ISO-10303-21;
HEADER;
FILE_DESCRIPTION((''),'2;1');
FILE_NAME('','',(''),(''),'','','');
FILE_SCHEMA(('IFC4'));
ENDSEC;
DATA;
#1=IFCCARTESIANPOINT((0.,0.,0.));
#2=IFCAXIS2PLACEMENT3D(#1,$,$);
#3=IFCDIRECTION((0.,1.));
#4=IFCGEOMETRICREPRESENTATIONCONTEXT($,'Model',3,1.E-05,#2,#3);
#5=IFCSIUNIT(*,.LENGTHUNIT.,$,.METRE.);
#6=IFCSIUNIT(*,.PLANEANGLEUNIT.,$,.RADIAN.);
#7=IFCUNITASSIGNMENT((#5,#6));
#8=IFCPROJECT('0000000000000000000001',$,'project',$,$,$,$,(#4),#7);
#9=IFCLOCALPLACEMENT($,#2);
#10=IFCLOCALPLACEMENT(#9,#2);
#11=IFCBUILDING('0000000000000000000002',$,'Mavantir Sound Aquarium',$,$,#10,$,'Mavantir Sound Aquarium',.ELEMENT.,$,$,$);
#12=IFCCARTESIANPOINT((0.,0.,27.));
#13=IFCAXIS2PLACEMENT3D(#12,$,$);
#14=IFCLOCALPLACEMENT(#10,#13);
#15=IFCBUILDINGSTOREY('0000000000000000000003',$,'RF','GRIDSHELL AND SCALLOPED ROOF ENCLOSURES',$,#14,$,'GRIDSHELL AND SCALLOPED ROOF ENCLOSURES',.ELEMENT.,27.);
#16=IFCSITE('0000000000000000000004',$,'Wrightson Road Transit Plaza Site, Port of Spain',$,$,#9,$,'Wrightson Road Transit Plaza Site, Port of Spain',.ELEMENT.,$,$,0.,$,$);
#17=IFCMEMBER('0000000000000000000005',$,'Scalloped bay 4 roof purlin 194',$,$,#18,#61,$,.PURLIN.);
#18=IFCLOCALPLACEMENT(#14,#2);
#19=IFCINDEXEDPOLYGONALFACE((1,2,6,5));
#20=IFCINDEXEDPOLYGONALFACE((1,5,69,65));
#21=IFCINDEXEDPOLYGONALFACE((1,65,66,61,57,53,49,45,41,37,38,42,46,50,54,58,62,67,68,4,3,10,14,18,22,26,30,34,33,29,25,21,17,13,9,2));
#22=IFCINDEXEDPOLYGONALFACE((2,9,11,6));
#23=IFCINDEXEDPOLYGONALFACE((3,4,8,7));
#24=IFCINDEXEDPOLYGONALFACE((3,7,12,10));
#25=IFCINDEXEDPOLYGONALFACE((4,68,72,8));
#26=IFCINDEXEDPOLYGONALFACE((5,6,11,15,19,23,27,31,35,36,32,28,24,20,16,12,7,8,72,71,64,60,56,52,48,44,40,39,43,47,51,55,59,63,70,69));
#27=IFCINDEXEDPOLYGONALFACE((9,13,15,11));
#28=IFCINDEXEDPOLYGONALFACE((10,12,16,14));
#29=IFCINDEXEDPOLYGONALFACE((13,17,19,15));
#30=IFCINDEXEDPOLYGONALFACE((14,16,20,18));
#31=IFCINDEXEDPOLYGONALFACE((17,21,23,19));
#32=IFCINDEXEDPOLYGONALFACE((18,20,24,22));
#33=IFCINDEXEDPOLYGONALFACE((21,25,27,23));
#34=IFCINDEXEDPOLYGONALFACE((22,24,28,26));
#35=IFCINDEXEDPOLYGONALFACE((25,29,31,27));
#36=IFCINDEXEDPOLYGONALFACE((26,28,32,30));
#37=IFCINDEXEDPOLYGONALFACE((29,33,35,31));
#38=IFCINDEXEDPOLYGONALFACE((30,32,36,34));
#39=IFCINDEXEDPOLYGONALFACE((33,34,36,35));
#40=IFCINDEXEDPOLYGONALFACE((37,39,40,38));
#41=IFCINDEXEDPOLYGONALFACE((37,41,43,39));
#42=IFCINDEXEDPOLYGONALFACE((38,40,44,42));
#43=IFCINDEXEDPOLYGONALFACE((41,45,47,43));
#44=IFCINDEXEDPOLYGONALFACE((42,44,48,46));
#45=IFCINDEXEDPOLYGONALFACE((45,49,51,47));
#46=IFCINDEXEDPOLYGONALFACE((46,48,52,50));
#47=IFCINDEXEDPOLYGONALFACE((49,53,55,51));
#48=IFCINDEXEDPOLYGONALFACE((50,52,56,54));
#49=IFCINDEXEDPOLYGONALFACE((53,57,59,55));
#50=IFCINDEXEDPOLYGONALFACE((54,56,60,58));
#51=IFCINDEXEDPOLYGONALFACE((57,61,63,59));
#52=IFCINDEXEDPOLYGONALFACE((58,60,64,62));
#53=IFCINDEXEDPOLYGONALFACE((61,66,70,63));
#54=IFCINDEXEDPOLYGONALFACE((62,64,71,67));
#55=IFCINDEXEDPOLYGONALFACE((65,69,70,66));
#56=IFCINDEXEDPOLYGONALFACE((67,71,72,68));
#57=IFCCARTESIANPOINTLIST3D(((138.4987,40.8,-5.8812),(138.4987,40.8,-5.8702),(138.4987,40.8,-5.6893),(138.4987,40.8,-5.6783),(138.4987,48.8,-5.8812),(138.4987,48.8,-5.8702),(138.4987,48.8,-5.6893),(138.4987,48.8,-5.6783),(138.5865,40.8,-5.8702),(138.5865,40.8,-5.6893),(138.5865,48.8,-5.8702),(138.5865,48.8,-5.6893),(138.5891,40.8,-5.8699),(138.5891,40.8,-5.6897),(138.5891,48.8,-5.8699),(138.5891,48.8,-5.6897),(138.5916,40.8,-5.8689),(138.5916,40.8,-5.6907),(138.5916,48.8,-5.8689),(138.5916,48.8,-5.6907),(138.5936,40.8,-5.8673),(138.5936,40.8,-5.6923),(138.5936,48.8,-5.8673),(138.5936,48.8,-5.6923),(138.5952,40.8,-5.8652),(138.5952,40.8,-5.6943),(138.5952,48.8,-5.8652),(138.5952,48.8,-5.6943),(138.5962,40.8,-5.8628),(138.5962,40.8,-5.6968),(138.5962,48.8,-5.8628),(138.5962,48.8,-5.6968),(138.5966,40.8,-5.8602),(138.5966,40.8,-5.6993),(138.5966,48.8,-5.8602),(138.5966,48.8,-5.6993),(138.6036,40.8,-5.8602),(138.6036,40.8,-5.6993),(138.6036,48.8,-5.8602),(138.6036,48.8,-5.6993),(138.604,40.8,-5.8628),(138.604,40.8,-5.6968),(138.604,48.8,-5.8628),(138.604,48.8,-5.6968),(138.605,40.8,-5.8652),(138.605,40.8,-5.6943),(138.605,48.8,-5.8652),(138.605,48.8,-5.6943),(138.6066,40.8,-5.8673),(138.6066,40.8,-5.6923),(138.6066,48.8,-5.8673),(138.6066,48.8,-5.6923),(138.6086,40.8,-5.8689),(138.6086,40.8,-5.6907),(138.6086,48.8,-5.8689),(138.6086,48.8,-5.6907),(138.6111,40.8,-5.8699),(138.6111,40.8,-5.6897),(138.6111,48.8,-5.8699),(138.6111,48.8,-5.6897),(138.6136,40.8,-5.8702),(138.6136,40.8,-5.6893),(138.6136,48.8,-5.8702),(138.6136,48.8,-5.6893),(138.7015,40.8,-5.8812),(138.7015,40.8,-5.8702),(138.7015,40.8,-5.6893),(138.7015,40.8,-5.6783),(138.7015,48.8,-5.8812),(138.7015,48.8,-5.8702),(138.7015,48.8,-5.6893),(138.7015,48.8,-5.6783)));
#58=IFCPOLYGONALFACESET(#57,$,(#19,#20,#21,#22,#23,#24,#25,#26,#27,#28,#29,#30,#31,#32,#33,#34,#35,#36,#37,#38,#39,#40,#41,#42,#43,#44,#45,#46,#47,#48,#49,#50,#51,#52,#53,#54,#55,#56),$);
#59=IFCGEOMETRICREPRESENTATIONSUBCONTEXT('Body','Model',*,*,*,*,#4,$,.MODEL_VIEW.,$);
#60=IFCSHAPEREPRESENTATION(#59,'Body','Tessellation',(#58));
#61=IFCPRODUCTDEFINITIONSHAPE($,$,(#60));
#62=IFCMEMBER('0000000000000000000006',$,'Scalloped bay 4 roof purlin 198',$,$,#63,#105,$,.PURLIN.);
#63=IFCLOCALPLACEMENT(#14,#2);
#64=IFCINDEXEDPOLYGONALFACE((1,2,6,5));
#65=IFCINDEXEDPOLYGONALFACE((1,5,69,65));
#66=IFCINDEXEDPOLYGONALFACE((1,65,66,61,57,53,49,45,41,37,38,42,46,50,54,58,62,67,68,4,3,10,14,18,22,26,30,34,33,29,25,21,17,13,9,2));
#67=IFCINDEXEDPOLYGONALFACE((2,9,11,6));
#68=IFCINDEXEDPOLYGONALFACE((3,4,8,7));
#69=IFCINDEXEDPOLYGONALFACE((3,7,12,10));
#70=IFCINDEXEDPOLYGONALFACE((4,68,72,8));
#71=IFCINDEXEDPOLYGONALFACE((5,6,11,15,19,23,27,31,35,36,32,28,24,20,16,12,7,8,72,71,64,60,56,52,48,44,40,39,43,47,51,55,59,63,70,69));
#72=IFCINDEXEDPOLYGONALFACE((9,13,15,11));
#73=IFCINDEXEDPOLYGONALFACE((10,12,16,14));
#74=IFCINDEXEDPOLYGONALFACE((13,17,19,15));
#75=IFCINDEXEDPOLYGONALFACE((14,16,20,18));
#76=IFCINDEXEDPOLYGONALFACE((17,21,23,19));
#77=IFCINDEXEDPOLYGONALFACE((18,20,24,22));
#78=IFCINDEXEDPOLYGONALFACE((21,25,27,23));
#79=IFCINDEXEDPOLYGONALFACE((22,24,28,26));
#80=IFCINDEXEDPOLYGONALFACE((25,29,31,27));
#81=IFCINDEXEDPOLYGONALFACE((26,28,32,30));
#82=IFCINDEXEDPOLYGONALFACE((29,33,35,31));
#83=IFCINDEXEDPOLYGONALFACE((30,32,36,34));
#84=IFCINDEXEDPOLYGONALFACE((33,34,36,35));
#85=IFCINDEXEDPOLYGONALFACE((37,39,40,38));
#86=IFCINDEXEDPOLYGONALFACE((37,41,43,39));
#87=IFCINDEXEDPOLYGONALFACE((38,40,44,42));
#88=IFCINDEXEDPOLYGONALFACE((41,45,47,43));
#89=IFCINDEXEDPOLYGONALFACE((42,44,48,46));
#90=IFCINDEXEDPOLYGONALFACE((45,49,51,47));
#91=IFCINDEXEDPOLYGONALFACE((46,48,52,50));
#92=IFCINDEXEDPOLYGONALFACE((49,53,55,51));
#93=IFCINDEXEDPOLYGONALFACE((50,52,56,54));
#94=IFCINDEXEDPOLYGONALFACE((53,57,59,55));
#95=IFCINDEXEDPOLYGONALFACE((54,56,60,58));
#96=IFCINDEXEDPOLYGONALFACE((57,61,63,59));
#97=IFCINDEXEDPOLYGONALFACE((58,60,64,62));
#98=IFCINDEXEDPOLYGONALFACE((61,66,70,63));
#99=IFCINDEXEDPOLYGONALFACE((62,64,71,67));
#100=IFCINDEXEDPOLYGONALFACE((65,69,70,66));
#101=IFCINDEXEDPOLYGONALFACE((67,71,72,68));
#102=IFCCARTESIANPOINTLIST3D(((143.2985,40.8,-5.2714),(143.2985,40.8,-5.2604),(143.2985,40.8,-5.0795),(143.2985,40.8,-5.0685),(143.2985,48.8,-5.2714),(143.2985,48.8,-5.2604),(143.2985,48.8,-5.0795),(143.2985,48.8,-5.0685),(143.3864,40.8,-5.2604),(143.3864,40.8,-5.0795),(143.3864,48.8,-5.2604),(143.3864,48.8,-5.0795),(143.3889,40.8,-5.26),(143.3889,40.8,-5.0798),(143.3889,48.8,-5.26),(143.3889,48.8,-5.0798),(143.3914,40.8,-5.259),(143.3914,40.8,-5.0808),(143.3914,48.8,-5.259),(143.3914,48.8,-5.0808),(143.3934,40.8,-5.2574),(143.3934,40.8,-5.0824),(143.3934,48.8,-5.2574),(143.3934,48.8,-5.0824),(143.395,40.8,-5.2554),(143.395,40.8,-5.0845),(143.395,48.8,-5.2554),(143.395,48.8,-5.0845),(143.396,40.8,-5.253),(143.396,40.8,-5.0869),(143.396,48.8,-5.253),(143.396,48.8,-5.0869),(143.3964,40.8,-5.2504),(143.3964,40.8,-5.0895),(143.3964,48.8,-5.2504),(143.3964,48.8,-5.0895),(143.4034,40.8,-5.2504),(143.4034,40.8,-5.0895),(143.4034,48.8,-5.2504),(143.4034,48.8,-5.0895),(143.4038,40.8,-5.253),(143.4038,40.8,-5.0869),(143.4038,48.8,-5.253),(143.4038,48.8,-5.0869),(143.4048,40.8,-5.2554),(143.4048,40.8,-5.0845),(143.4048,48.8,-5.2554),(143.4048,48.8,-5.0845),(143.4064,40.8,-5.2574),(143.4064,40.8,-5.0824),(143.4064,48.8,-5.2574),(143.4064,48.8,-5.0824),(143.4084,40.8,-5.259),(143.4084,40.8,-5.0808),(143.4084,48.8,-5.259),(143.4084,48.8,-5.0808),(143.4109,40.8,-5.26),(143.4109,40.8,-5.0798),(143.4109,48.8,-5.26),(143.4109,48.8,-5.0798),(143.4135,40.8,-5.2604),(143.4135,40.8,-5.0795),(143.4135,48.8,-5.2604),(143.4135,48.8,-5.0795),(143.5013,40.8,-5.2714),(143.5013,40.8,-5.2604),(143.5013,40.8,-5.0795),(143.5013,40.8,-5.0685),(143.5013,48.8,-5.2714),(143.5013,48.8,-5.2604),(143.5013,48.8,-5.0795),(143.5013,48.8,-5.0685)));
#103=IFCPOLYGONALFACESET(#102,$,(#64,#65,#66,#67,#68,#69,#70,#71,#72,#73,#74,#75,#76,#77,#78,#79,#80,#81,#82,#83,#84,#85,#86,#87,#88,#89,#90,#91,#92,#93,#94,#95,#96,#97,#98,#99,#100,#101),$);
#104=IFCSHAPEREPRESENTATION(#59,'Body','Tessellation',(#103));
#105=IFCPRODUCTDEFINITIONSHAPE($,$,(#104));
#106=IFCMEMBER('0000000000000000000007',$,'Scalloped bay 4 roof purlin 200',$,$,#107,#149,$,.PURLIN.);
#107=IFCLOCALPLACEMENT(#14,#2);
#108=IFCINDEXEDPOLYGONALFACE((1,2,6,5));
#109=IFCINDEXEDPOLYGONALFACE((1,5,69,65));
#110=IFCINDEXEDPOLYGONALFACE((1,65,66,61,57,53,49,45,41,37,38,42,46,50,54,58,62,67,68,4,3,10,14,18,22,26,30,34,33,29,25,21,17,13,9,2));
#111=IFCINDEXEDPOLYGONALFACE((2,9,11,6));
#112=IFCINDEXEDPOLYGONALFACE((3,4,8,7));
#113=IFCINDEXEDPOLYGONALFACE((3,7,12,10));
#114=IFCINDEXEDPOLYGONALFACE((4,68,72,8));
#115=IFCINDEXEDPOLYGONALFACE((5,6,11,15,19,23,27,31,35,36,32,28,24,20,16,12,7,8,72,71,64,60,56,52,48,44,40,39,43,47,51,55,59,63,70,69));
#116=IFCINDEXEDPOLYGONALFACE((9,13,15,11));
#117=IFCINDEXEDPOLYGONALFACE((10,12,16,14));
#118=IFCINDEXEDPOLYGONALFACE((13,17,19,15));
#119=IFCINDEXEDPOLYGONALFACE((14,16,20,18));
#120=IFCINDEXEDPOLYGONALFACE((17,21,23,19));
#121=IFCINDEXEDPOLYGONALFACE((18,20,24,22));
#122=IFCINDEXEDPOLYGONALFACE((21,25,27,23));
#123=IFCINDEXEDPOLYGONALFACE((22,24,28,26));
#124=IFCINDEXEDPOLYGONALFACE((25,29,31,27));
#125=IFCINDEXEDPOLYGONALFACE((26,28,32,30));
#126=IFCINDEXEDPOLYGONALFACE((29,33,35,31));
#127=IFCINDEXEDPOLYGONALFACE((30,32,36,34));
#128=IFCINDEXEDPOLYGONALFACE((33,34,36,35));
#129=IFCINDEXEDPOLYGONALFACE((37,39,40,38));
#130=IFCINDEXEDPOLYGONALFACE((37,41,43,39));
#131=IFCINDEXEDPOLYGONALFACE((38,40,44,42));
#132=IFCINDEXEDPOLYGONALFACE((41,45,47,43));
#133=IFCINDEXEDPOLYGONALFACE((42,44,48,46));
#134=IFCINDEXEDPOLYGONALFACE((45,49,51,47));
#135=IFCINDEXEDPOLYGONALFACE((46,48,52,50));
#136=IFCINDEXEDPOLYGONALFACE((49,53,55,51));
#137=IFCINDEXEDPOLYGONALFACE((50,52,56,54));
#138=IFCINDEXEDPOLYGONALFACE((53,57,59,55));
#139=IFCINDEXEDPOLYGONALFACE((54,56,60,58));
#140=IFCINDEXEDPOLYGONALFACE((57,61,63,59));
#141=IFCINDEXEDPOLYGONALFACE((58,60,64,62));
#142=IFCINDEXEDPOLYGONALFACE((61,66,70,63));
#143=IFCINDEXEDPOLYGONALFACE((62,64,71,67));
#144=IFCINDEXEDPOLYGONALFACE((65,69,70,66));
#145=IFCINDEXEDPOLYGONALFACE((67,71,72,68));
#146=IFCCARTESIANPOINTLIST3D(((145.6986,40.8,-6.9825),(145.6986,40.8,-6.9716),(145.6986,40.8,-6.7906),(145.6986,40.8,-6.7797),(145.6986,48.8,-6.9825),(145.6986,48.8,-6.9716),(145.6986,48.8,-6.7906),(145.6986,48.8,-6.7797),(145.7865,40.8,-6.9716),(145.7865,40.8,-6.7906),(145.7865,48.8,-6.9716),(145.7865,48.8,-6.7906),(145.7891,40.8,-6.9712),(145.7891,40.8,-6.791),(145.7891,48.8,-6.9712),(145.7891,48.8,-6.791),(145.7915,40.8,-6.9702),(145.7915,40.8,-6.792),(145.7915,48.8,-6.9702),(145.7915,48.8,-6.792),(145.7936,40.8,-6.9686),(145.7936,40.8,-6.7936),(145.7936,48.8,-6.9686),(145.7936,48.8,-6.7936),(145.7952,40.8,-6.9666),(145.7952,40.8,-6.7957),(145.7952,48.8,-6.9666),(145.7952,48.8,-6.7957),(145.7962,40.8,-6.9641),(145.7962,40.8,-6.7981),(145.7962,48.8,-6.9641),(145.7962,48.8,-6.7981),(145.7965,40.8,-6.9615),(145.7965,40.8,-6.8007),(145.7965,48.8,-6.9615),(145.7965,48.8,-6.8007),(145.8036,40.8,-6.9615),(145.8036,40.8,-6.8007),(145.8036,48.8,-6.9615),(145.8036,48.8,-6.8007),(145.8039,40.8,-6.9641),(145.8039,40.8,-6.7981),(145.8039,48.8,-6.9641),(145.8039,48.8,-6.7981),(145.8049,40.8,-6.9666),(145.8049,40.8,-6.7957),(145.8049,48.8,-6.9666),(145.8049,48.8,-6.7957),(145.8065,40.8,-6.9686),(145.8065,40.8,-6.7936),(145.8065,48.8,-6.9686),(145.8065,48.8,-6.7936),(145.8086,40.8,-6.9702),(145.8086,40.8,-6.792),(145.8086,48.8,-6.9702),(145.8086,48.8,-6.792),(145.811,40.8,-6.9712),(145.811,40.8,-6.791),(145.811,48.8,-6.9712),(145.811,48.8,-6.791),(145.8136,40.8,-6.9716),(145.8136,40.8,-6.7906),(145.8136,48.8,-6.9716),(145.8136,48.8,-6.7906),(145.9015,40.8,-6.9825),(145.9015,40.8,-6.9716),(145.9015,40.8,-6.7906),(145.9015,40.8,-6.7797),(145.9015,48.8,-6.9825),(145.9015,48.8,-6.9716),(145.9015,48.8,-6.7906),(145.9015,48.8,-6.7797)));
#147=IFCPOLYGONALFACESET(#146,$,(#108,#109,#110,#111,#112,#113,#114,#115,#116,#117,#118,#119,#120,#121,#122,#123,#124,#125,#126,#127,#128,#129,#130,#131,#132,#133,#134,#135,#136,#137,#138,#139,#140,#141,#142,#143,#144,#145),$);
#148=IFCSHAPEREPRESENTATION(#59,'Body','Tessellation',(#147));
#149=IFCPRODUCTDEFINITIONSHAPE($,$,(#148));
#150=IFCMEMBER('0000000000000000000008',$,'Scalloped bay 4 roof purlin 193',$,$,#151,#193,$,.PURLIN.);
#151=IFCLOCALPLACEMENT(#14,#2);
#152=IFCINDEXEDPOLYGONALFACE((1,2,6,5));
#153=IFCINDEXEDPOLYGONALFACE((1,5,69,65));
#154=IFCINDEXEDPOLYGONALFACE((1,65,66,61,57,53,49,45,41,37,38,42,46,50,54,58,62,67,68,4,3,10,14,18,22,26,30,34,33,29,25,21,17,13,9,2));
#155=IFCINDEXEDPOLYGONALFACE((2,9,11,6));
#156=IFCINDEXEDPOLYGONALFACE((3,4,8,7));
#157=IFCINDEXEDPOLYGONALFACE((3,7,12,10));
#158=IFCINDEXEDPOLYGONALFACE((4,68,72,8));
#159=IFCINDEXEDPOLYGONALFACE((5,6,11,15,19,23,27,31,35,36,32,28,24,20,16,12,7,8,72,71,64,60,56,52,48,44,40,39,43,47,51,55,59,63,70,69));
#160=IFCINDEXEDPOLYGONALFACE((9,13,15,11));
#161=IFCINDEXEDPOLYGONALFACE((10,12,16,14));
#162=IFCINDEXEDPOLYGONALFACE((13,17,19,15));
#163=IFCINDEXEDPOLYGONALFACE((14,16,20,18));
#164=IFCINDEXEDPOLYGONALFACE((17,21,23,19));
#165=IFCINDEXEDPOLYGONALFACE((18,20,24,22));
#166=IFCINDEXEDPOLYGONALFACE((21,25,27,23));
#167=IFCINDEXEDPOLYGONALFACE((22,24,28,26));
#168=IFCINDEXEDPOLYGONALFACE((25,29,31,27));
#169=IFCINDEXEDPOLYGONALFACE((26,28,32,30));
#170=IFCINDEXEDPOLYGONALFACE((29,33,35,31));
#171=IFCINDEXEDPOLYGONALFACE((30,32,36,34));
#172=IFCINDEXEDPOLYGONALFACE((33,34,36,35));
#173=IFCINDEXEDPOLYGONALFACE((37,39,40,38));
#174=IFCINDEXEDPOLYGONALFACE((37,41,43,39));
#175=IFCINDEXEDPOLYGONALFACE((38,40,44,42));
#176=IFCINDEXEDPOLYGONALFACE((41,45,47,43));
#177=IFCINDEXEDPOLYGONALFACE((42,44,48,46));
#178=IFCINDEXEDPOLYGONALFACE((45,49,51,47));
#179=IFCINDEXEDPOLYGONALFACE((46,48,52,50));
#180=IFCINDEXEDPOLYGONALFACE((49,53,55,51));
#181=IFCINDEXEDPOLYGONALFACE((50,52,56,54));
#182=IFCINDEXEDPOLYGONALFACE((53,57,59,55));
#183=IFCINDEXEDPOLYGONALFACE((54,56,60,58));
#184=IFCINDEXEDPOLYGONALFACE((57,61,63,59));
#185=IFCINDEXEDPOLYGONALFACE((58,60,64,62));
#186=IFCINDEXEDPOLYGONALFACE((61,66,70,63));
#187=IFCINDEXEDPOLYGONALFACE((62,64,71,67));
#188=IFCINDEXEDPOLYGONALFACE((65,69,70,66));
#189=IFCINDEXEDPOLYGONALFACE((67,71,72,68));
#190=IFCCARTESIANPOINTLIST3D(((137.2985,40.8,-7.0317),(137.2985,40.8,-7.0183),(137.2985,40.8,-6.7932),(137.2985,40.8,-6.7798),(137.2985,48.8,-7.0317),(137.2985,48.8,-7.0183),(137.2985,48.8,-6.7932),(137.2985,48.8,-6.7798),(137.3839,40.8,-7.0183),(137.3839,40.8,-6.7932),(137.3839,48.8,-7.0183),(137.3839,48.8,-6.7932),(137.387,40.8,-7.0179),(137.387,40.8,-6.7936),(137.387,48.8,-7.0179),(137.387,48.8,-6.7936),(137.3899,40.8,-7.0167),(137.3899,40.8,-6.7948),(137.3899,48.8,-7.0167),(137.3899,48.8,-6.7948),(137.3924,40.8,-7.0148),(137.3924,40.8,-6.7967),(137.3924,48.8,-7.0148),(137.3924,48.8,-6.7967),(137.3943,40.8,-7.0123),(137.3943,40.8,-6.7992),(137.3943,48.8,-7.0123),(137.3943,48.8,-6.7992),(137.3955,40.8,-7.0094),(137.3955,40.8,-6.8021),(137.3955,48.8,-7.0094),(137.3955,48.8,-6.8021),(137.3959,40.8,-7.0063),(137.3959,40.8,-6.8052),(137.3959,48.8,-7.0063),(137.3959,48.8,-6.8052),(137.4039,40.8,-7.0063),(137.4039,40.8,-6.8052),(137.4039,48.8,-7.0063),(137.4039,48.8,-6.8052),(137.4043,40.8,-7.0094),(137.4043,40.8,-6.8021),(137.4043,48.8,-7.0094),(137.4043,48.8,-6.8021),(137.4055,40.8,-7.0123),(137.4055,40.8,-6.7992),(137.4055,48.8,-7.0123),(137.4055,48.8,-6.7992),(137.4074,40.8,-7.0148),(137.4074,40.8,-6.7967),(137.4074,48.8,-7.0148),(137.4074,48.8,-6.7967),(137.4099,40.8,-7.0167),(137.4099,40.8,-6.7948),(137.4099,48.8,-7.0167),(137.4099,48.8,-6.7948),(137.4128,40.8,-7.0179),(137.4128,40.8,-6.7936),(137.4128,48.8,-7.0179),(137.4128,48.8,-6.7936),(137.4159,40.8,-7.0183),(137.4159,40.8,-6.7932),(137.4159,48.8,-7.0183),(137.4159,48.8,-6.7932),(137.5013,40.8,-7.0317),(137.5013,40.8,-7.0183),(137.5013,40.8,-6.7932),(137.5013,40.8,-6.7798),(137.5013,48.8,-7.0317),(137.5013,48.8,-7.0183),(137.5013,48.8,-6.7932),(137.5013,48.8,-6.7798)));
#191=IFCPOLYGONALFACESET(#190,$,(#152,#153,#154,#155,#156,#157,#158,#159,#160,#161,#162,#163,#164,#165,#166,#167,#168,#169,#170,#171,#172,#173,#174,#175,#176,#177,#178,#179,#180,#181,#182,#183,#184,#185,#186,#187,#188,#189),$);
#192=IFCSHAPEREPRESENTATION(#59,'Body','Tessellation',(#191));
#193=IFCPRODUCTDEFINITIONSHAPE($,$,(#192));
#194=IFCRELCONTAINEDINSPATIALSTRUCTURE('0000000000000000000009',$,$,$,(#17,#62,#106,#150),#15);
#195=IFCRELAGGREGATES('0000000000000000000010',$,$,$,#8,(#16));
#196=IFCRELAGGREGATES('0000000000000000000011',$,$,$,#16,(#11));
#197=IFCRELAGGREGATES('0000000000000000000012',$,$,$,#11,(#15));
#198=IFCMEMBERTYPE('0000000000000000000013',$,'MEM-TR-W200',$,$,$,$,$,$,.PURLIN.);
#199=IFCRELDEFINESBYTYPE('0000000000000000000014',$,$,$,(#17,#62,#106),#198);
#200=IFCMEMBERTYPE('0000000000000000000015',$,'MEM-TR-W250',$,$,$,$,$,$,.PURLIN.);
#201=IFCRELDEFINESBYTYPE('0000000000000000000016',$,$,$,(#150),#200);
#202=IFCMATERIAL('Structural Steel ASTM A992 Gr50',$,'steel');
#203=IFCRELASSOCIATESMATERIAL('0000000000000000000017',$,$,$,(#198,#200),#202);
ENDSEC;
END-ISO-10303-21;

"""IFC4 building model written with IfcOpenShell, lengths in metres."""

from ifc_helpers import new_model, si_unit, direction, frame, origin, origin_2d, place, context, subcontext, project, spatial, i_section, extrude, material, material_profile, profile_set, type_object, element, save


model = new_model("IFC4")

# Units and contexts
model_context = context("Model", 3, precision=1e-05, world=origin(), true_north=direction((0.0, 1.0)))
body_context = subcontext(model_context, "Body", "Model", "MODEL_VIEW")
ifc_project = project(units=[si_unit("LENGTHUNIT", "METRE"), si_unit("PLANEANGLEUNIT", "RADIAN")], contexts=[model_context])

# Site, building, storey
site_placement = place(None, origin())
site = spatial("IfcSite", under=ifc_project, at=site_placement, Name="Wrightson Road Transit Plaza Site, Port of Spain", LongName="Wrightson Road Transit Plaza Site, Port of Spain", CompositionType="ELEMENT", RefElevation=0.0)
building_placement = place(site_placement, origin())
building = spatial("IfcBuilding", under=site, at=building_placement, Name="Mavantir Sound Aquarium", LongName="Mavantir Sound Aquarium", CompositionType="ELEMENT")
storey_placement = place(building_placement, frame((0.0, 0.0, 27.0)))
storey = spatial("IfcBuildingStorey", under=building, at=storey_placement, Name="RF", Description="GRIDSHELL AND SCALLOPED ROOF ENCLOSURES", LongName="GRIDSHELL AND SCALLOPED ROOF ENCLOSURES", CompositionType="ELEMENT", Elevation=27.0)

# Shared definitions
ifc_material_1 = material(Name="Structural Steel ASTM A992 Gr50", Category="steel")

# Members
ifc_material_profile_1 = material_profile(ifc_material_1, i_section(OverallWidth=0.2029, OverallDepth=0.2029, WebThickness=0.0071, FlangeThickness=0.011, FilletRadius=0.01, at=origin_2d()), Name="W200X46")
ifc_profile_set_1 = profile_set([ifc_material_profile_1], Name="Structural Steel ASTM A992 Gr50")
member_type_1 = type_object("IfcMemberType", Name="MEM-TR-W200", PredefinedType="PURLIN", material=ifc_profile_set_1)
for number, where, z_axis, x_axis, name in (
    (1, (138.6001, 40.8, -5.7798), (0.0, 1.0, 0.0), (-1.0, 0.0, 0.0), "Scalloped bay 4 roof purlin 194"),
    (2, (143.3999, 40.8, -5.1699), (0.0, 1.0, 0.0), (-1.0, 0.0, 0.0), "Scalloped bay 4 roof purlin 198"),
    (3, (145.8, 40.8, -6.8811), (0.0, 1.0, 0.0), (-1.0, 0.0, 0.0), "Scalloped bay 4 roof purlin 200"),
):
    element("IfcMember", number, at=place(storey_placement, frame(where, z_axis=z_axis, x_axis=x_axis)), inside=storey, type_object=member_type_1, Name=name, PredefinedType="PURLIN", context=body_context, shape_type="SweptSolid", body=[
        extrude(i_section(OverallWidth=0.2029, OverallDepth=0.2029, WebThickness=0.0071, FlangeThickness=0.011, FilletRadius=0.01, at=origin_2d()), origin(), (0.0, 0.0, 1.0), 8.0),
    ])
ifc_material_profile_2 = material_profile(ifc_material_1, i_section(OverallWidth=0.2029, OverallDepth=0.252, WebThickness=0.0081, FlangeThickness=0.0134, FilletRadius=0.012, at=origin_2d()), Name="W250X58")
ifc_profile_set_2 = profile_set([ifc_material_profile_2], Name="Structural Steel ASTM A992 Gr50")
member_type_2 = type_object("IfcMemberType", Name="MEM-TR-W250", PredefinedType="PURLIN", material=ifc_profile_set_2)
for number, where, z_axis, x_axis, name in (
    (4, (137.3999, 40.8, -6.9058), (0.0, 1.0, 0.0), (-1.0, 0.0, 0.0), "Scalloped bay 4 roof purlin 193"),
):
    element("IfcMember", number, at=place(storey_placement, frame(where, z_axis=z_axis, x_axis=x_axis)), inside=storey, type_object=member_type_2, Name=name, PredefinedType="PURLIN", context=body_context, shape_type="SweptSolid", body=[
        extrude(i_section(OverallWidth=0.2029, OverallDepth=0.252, WebThickness=0.0081, FlangeThickness=0.0134, FilletRadius=0.012, at=origin_2d()), origin(), (0.0, 0.0, 1.0), 8.0),
    ])

save(model, "model.ifc")
